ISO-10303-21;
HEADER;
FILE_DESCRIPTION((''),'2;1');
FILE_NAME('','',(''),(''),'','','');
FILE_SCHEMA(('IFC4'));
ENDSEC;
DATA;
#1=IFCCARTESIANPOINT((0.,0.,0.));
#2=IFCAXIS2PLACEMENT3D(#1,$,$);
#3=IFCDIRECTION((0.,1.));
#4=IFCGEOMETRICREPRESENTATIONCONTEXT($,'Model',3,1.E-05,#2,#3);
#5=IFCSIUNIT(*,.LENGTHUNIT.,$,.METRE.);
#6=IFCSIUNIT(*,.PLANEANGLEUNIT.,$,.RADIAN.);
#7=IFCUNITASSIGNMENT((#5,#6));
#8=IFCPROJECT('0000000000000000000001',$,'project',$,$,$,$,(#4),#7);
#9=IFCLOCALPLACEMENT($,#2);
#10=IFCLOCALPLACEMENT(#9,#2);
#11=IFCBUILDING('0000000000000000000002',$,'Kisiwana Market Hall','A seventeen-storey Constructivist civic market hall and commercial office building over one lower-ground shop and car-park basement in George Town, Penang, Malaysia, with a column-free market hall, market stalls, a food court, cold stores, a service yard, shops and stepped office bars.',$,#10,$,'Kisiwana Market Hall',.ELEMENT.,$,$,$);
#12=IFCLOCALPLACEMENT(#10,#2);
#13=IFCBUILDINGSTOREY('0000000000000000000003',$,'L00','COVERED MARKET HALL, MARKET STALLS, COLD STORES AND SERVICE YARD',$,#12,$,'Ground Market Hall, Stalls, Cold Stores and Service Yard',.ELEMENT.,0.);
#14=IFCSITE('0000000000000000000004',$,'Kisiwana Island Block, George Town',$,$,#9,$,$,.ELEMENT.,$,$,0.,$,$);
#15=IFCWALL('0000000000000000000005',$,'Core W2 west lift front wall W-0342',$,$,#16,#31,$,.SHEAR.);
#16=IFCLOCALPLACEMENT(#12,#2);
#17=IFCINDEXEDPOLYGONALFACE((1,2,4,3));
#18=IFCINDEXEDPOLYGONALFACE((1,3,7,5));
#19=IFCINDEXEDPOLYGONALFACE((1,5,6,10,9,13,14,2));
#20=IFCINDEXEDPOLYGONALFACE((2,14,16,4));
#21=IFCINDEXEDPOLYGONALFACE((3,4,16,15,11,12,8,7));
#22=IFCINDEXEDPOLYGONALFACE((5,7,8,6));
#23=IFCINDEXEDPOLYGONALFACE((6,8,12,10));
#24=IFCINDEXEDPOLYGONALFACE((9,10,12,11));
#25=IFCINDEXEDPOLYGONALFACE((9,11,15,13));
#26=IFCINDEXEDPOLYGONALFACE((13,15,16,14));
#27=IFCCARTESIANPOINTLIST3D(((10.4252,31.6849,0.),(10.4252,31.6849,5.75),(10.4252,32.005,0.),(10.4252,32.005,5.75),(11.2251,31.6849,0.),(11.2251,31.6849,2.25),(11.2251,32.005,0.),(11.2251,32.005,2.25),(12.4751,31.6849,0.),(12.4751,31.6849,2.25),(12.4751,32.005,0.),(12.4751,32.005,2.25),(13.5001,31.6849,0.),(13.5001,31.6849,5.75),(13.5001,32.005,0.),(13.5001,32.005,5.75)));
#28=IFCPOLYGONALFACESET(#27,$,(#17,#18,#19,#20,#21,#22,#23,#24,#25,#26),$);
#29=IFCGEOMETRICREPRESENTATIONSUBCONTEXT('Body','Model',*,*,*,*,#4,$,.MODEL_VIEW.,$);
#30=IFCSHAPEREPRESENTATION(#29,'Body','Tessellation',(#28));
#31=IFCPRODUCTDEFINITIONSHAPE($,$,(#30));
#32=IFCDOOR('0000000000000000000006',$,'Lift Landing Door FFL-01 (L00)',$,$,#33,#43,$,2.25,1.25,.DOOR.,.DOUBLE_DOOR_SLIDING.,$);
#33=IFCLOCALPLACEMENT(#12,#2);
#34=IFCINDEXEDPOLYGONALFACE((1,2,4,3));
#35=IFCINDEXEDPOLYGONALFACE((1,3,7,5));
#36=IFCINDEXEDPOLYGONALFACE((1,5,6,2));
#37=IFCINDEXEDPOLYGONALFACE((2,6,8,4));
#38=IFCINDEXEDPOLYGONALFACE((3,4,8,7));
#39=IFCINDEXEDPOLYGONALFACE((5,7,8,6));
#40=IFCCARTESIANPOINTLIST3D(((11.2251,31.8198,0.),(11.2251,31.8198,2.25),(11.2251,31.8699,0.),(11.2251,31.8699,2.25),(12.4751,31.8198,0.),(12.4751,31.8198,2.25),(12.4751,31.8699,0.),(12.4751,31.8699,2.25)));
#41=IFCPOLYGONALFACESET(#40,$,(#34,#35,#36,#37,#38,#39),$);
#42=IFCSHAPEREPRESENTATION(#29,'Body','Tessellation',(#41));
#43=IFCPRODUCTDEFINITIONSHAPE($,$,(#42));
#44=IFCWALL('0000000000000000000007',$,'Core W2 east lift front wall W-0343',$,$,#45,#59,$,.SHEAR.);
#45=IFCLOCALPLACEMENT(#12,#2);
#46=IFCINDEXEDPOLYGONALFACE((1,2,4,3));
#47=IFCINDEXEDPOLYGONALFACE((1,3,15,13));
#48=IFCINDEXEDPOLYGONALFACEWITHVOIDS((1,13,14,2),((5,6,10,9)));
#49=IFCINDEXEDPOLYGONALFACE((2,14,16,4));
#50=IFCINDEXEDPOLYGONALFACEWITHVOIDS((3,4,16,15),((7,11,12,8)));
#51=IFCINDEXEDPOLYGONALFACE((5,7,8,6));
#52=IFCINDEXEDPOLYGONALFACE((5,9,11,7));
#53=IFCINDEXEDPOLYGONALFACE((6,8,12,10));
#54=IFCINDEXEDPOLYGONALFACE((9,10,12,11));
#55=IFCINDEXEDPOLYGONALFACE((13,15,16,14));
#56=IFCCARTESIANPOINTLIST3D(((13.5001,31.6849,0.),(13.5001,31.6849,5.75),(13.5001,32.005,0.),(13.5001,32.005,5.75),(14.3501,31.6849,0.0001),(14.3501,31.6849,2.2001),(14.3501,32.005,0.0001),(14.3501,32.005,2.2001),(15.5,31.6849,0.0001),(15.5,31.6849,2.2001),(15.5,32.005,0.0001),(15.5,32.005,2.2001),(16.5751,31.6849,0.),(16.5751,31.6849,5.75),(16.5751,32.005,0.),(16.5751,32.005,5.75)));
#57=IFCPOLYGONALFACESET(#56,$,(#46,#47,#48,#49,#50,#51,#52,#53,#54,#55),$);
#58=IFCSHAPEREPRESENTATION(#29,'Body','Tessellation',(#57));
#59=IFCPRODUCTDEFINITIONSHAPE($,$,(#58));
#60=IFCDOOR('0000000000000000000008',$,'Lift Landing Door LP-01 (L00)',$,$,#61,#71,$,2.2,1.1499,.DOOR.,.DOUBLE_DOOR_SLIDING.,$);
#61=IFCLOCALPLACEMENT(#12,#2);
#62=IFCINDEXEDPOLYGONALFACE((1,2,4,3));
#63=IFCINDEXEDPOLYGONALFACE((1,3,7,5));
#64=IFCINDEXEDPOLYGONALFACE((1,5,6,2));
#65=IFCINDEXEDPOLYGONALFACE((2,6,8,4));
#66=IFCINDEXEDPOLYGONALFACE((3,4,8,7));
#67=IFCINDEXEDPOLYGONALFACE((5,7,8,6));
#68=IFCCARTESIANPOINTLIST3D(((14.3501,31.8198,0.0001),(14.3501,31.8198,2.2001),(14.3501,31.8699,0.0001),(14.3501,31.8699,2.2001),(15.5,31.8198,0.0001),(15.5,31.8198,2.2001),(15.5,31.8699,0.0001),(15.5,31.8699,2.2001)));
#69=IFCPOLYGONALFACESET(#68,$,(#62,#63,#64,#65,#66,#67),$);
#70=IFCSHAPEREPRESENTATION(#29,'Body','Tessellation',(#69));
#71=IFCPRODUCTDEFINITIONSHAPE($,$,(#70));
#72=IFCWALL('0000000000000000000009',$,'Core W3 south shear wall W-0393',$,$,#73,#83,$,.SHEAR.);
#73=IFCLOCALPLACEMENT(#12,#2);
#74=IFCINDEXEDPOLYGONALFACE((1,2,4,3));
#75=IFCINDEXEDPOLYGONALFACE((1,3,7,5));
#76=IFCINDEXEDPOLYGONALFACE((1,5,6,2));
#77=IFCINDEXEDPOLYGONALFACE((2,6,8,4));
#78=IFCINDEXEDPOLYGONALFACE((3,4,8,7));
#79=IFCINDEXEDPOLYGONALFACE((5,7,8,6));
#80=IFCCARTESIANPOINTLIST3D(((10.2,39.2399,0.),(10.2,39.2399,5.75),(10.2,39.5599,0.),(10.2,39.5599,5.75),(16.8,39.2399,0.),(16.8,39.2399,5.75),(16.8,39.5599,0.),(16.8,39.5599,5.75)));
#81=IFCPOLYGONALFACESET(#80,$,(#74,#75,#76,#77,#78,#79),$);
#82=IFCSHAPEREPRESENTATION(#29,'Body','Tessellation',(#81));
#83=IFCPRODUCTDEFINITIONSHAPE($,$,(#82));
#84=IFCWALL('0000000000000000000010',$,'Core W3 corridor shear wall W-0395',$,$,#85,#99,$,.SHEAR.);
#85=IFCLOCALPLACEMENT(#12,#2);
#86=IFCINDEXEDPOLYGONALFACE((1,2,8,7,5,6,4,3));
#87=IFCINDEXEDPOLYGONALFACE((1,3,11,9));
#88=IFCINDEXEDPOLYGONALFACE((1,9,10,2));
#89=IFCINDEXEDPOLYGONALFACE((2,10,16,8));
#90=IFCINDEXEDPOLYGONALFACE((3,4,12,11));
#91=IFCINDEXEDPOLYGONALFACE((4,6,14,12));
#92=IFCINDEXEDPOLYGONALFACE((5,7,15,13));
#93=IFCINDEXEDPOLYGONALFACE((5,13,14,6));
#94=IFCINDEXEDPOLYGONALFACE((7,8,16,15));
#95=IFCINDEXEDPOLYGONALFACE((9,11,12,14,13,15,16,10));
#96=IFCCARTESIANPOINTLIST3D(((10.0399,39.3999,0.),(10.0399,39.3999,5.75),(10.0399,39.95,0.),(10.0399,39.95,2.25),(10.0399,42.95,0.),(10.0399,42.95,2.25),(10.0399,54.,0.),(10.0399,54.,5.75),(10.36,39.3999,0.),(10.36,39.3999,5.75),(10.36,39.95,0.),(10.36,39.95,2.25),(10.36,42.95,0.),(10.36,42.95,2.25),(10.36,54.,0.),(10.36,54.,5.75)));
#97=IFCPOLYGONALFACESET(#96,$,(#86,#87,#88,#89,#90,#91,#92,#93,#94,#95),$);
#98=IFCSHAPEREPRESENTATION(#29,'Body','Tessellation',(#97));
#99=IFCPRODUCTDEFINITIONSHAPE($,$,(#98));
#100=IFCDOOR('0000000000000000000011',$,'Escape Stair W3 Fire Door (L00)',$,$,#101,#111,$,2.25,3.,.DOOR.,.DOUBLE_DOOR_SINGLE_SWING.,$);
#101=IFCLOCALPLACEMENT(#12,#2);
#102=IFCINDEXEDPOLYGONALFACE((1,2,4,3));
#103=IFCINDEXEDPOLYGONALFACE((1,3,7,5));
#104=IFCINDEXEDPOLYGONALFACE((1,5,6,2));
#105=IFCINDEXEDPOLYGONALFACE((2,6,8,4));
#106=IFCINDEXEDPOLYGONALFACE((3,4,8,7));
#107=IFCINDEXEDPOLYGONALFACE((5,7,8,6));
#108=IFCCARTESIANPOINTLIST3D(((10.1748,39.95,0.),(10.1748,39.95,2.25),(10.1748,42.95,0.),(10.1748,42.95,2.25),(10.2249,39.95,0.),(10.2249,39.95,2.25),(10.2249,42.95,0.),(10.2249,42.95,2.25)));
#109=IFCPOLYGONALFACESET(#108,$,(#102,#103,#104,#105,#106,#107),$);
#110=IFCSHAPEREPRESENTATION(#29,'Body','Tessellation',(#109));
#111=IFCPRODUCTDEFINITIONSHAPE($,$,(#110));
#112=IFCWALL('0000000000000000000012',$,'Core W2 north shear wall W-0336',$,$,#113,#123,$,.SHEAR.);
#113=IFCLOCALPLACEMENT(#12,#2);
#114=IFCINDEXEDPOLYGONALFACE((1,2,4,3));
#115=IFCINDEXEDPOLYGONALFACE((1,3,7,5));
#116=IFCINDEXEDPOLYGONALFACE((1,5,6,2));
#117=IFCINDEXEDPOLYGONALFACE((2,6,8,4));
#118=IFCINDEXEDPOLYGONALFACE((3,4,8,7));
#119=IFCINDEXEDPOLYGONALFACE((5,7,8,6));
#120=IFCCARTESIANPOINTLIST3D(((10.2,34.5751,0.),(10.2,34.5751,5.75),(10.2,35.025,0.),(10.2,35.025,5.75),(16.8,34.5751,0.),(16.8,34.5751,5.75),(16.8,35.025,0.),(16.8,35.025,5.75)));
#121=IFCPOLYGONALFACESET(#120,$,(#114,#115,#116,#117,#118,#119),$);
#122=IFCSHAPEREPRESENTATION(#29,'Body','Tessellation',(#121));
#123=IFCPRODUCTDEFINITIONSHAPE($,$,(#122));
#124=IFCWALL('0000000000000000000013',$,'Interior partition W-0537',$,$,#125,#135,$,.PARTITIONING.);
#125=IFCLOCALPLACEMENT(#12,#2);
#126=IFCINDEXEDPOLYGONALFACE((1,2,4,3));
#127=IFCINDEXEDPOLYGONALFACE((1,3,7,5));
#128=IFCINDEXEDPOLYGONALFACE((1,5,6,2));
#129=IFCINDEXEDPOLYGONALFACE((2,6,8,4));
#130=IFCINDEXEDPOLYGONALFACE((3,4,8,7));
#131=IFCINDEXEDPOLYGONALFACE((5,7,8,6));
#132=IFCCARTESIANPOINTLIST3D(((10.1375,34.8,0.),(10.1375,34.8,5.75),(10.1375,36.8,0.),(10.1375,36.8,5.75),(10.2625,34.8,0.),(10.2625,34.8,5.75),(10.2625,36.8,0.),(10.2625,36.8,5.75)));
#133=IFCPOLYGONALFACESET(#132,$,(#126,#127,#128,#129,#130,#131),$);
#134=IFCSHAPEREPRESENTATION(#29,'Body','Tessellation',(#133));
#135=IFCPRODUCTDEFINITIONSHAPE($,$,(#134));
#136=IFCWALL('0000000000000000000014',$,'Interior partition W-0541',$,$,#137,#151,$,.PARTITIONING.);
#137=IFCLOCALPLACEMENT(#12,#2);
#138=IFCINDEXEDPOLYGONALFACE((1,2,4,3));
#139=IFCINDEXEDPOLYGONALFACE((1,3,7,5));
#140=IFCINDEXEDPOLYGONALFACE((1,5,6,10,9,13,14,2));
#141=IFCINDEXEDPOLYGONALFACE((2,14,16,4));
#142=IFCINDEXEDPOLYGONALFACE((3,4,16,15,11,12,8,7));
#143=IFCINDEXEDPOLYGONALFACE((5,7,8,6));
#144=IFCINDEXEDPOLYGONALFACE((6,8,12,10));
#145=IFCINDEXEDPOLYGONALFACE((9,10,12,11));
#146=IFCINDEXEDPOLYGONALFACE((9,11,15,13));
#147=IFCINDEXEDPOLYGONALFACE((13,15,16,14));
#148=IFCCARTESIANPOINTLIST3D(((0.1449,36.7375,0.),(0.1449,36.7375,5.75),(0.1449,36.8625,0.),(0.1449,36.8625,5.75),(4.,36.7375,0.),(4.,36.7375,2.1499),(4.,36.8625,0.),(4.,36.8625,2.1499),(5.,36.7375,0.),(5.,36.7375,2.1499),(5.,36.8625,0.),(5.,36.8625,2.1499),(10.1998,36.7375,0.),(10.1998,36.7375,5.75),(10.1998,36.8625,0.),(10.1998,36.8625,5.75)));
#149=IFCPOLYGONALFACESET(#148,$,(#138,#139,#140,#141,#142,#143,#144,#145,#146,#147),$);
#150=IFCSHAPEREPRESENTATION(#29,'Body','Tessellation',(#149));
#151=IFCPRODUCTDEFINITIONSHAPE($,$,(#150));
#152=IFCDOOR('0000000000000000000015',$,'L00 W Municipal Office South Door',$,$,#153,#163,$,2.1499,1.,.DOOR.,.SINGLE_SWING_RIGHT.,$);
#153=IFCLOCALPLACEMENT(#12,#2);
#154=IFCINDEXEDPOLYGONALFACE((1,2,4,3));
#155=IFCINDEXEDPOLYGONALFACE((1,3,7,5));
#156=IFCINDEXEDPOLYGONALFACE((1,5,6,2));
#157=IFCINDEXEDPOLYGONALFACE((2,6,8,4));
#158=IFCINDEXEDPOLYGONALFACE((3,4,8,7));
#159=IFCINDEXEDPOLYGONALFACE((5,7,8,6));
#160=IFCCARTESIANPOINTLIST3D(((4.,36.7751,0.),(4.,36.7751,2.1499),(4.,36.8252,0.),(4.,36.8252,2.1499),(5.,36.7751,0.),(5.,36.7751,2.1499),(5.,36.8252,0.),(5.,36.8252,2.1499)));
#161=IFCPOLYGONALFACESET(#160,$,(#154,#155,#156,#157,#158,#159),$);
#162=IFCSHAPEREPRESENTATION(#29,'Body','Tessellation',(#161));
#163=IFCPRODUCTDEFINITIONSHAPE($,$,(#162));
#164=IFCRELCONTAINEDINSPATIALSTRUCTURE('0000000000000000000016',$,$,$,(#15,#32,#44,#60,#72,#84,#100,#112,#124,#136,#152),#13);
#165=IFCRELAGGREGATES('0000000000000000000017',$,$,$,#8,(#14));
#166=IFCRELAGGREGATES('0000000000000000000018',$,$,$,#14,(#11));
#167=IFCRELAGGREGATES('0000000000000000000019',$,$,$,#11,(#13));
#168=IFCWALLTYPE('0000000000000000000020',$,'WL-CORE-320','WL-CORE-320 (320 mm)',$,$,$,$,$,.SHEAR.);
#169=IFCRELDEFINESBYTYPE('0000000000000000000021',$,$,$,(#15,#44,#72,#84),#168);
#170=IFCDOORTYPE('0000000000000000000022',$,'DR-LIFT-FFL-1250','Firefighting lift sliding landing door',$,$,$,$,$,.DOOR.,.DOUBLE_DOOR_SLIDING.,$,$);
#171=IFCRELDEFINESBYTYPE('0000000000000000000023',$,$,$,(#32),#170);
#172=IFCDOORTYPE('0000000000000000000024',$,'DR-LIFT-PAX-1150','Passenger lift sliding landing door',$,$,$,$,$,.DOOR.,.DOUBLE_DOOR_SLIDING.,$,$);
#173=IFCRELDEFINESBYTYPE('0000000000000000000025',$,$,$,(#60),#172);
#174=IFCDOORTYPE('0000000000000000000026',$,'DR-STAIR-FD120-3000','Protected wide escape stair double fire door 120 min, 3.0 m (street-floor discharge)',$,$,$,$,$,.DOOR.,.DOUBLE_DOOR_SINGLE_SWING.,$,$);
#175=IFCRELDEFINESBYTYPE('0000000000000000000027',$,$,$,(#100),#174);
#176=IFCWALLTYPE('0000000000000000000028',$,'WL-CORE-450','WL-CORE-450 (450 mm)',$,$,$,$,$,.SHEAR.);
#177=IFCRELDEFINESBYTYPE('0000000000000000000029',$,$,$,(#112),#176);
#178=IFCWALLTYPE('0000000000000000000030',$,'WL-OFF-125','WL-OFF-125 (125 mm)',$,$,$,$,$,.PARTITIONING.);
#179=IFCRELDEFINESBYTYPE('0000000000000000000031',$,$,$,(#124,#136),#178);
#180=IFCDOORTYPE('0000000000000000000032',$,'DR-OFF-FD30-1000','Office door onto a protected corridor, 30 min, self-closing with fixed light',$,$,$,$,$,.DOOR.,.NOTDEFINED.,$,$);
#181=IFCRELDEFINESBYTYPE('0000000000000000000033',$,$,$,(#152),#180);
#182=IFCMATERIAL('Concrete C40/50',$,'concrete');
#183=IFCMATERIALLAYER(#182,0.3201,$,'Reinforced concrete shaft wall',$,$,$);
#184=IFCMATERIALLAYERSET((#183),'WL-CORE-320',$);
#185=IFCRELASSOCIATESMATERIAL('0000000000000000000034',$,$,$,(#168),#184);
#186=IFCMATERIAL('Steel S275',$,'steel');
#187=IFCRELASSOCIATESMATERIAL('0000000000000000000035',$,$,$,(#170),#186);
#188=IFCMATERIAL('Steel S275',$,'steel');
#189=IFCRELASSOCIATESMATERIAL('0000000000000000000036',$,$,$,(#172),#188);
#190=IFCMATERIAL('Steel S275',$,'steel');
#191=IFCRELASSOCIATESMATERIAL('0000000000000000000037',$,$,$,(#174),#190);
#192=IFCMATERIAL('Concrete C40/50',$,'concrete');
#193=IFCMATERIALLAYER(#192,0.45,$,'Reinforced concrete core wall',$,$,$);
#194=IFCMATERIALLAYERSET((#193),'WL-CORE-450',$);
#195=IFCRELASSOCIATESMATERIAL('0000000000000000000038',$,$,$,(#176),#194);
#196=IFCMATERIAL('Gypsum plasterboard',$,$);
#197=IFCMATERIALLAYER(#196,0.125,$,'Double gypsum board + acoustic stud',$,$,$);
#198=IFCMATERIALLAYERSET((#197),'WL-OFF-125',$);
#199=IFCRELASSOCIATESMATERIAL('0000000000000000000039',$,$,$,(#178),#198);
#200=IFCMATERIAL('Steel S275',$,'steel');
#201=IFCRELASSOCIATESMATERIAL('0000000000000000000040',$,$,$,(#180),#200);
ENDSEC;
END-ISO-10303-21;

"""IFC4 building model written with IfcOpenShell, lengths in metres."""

from ifc_helpers import new_model, si_unit, direction, frame, frame_2d, origin, place, context, subcontext, project, spatial, rectangle, extrude, material, layer, layer_set, type_object, element, fill, save


model = new_model("IFC4")

# Units and contexts
model_context = context("Model", 3, precision=1e-05, world=origin(), true_north=direction((0.0, 1.0)))
body_context = subcontext(model_context, "Body", "Model", "MODEL_VIEW")
ifc_project = project(units=[si_unit("LENGTHUNIT", "METRE"), si_unit("PLANEANGLEUNIT", "RADIAN")], contexts=[model_context])

# Site, building, storey
site_placement = place(None, origin())
site = spatial("IfcSite", under=ifc_project, at=site_placement, Name="Kisiwana Island Block, George Town", CompositionType="ELEMENT", RefElevation=0.0)
building_placement = place(site_placement, origin())
building = spatial("IfcBuilding", under=site, at=building_placement, Name="Kisiwana Market Hall", Description="A seventeen-storey Constructivist civic market hall and commercial office building over one lower-ground shop and car-park basement in George Town, Penang, Malaysia, with a column-free market hall, market stalls, a food court, cold stores, a service yard, shops and stepped office bars.", LongName="Kisiwana Market Hall", CompositionType="ELEMENT")
storey_placement = place(building_placement, origin())
storey = spatial("IfcBuildingStorey", under=building, at=storey_placement, Name="L00", Description="COVERED MARKET HALL, MARKET STALLS, COLD STORES AND SERVICE YARD", LongName="Ground Market Hall, Stalls, Cold Stores and Service Yard", CompositionType="ELEMENT", Elevation=0.0)

# Shared definitions
ifc_material_1 = material(Name="Concrete C40/50", Category="concrete")
ifc_layer_1 = layer(ifc_material_1, 0.3201, Name="Reinforced concrete shaft wall")
ifc_layer_set_1 = layer_set([ifc_layer_1], Name="WL-CORE-320")
wall_type_1 = type_object("IfcWallType", Name="WL-CORE-320", Description="WL-CORE-320 (320 mm)", PredefinedType="SHEAR", material=ifc_layer_set_1)

# Walls, openings, doors
wall_1_placement = place(storey_placement, frame((10.425, 31.845, 0.0), z_axis=(0.0, 0.0, 1.0), x_axis=(1.0, 0.0, 0.0)))
wall_1 = element("IfcWall", 1, at=wall_1_placement, inside=storey, type_object=wall_type_1, Name="Core W2 west lift front wall W-0342", PredefinedType="SHEAR", context=body_context, shape_type="SweptSolid", body=[
    extrude(rectangle(XDim=3.075, YDim=0.3201, at=frame_2d((1.5376, 0.0))), origin(), (0.0, 0.0, 1.0), 5.75),
])
opening_1_placement = place(wall_1_placement, frame((0.8, 0.0, 0.0)))
opening_1 = element("IfcOpeningElement", 2, at=opening_1_placement, cuts=wall_1, PredefinedType="OPENING", context=body_context, shape_type="SweptSolid", body=[
    extrude(rectangle(XDim=1.25, YDim=2.25, at=frame_2d((0.625, 1.125))), frame((0.0, 0.1719, 0.0), z_axis=(0.0, -1.0, 0.0), x_axis=(1.0, 0.0, 0.0)), (0.0, 0.0, 1.0), 0.344),
])
ifc_material_2 = material(Name="Steel S275", Category="steel")
door_type_1 = type_object("IfcDoorType", Name="DR-LIFT-FFL-1250", Description="Firefighting lift sliding landing door", OperationType="DOUBLE_DOOR_SLIDING", PredefinedType="DOOR", material=ifc_material_2)
door_1_placement = place(opening_1_placement, origin())
door_1 = element("IfcDoor", 3, at=door_1_placement, inside=storey, type_object=door_type_1, Name="Lift Landing Door FFL-01 (L00)", OperationType="DOUBLE_DOOR_SLIDING", OverallHeight=2.25, OverallWidth=1.25, PredefinedType="DOOR", context=body_context, shape_type="SweptSolid", body=[
    extrude(rectangle(XDim=1.25, YDim=2.25, at=frame_2d((0.625, 1.125))), frame((0.0, 0.0249, 0.0), z_axis=(0.0, -1.0, 0.0), x_axis=(1.0, 0.0, 0.0)), (0.0, 0.0, 1.0), 0.05),
])
fill(opening_1, door_1)
wall_2_placement = place(storey_placement, frame((13.5, 31.845, 0.0), z_axis=(0.0, 0.0, 1.0), x_axis=(1.0, 0.0, 0.0)))
wall_2 = element("IfcWall", 4, at=wall_2_placement, inside=storey, type_object=wall_type_1, Name="Core W2 east lift front wall W-0343", PredefinedType="SHEAR", context=body_context, shape_type="SweptSolid", body=[
    extrude(rectangle(XDim=3.075, YDim=0.3201, at=frame_2d((1.5376, 0.0))), origin(), (0.0, 0.0, 1.0), 5.75),
])
opening_2_placement = place(wall_2_placement, frame((0.8501, 0.0, 0.0)))
opening_2 = element("IfcOpeningElement", 5, at=opening_2_placement, cuts=wall_2, PredefinedType="OPENING", context=body_context, shape_type="SweptSolid", body=[
    extrude(rectangle(XDim=1.1499, YDim=2.2, at=frame_2d((0.575, 1.1001))), frame((0.0, 0.1719, 0.0), z_axis=(0.0, -1.0, 0.0), x_axis=(1.0, 0.0, 0.0)), (0.0, 0.0, 1.0), 0.344),
])
ifc_material_3 = material(Name="Steel S275", Category="steel")
door_type_2 = type_object("IfcDoorType", Name="DR-LIFT-PAX-1150", Description="Passenger lift sliding landing door", OperationType="DOUBLE_DOOR_SLIDING", PredefinedType="DOOR", material=ifc_material_3)
door_2_placement = place(opening_2_placement, origin())
door_2 = element("IfcDoor", 6, at=door_2_placement, inside=storey, type_object=door_type_2, Name="Lift Landing Door LP-01 (L00)", OperationType="DOUBLE_DOOR_SLIDING", OverallHeight=2.2, OverallWidth=1.1499, PredefinedType="DOOR", context=body_context, shape_type="SweptSolid", body=[
    extrude(rectangle(XDim=1.1499, YDim=2.2, at=frame_2d((0.575, 1.1001))), frame((0.0, 0.0249, 0.0), z_axis=(0.0, -1.0, 0.0), x_axis=(1.0, 0.0, 0.0)), (0.0, 0.0, 1.0), 0.05),
])
fill(opening_2, door_2)

# Wall
wall_3_placement = place(storey_placement, frame((10.2, 39.3999, 0.0), z_axis=(0.0, 0.0, 1.0), x_axis=(1.0, 0.0, 0.0)))
element("IfcWall", 7, at=wall_3_placement, inside=storey, type_object=wall_type_1, Name="Core W3 south shear wall W-0393", PredefinedType="SHEAR", context=body_context, shape_type="SweptSolid", body=[
    extrude(rectangle(XDim=6.6001, YDim=0.3201, at=frame_2d((3.3, 0.0))), origin(), (0.0, 0.0, 1.0), 5.75),
])

# Wall, opening, door
wall_4_placement = place(storey_placement, frame((10.2, 39.3999, 0.0), z_axis=(0.0, 0.0, 1.0), x_axis=(0.0, 1.0, 0.0)))
wall_4 = element("IfcWall", 8, at=wall_4_placement, inside=storey, type_object=wall_type_1, Name="Core W3 corridor shear wall W-0395", PredefinedType="SHEAR", context=body_context, shape_type="SweptSolid", body=[
    extrude(rectangle(XDim=14.6001, YDim=0.3201, at=frame_2d((7.3, 0.0))), origin(), (0.0, 0.0, 1.0), 5.75),
])
opening_3_placement = place(wall_4_placement, frame((0.55, 0.0, 0.0)))
opening_3 = element("IfcOpeningElement", 9, at=opening_3_placement, cuts=wall_4, PredefinedType="OPENING", context=body_context, shape_type="SweptSolid", body=[
    extrude(rectangle(XDim=3.0, YDim=2.25, at=frame_2d((1.5, 1.125))), frame((0.0, 0.1719, 0.0), z_axis=(0.0, -1.0, 0.0), x_axis=(1.0, 0.0, 0.0)), (0.0, 0.0, 1.0), 0.344),
])
ifc_material_4 = material(Name="Steel S275", Category="steel")
door_type_3 = type_object("IfcDoorType", Name="DR-STAIR-FD120-3000", Description="Protected wide escape stair double fire door 120 min, 3.0 m (street-floor discharge)", OperationType="DOUBLE_DOOR_SINGLE_SWING", PredefinedType="DOOR", material=ifc_material_4)
door_3_placement = place(opening_3_placement, frame((3.0, 0.0, 0.0), z_axis=(0.0, 0.0, 1.0), x_axis=(-1.0, 0.0, 0.0)))
door_3 = element("IfcDoor", 10, at=door_3_placement, inside=storey, type_object=door_type_3, Name="Escape Stair W3 Fire Door (L00)", OperationType="DOUBLE_DOOR_SINGLE_SWING", OverallHeight=2.25, OverallWidth=3.0, PredefinedType="DOOR", context=body_context, shape_type="SweptSolid", body=[
    extrude(rectangle(XDim=3.0, YDim=2.25, at=frame_2d((1.5, 1.125))), frame((0.0, 0.0249, 0.0), z_axis=(0.0, -1.0, 0.0), x_axis=(1.0, 0.0, 0.0)), (0.0, 0.0, 1.0), 0.05),
])
fill(opening_3, door_3)

# Wall
ifc_material_5 = material(Name="Concrete C40/50", Category="concrete")
ifc_layer_2 = layer(ifc_material_5, 0.45, Name="Reinforced concrete core wall")
ifc_layer_set_2 = layer_set([ifc_layer_2], Name="WL-CORE-450")
wall_type_2 = type_object("IfcWallType", Name="WL-CORE-450", Description="WL-CORE-450 (450 mm)", PredefinedType="SHEAR", material=ifc_layer_set_2)
wall_5_placement = place(storey_placement, frame((10.2, 34.8, 0.0), z_axis=(0.0, 0.0, 1.0), x_axis=(1.0, 0.0, 0.0)))
element("IfcWall", 11, at=wall_5_placement, inside=storey, type_object=wall_type_2, Name="Core W2 north shear wall W-0336", PredefinedType="SHEAR", context=body_context, shape_type="SweptSolid", body=[
    extrude(rectangle(XDim=6.6001, YDim=0.45, at=frame_2d((3.3, 0.0))), origin(), (0.0, 0.0, 1.0), 5.75),
])

# Wall
ifc_material_6 = material(Name="Gypsum plasterboard")
ifc_layer_3 = layer(ifc_material_6, 0.125, Name="Double gypsum board + acoustic stud")
ifc_layer_set_3 = layer_set([ifc_layer_3], Name="WL-OFF-125")
wall_type_3 = type_object("IfcWallType", Name="WL-OFF-125", Description="WL-OFF-125 (125 mm)", PredefinedType="PARTITIONING", material=ifc_layer_set_3)
wall_6_placement = place(storey_placement, frame((10.2, 34.8, 0.0), z_axis=(0.0, 0.0, 1.0), x_axis=(0.0, 1.0, 0.0)))
element("IfcWall", 12, at=wall_6_placement, inside=storey, type_object=wall_type_3, Name="Interior partition W-0537", PredefinedType="PARTITIONING", context=body_context, shape_type="SweptSolid", body=[
    extrude(rectangle(XDim=2.0, YDim=0.125, at=frame_2d((1.0, 0.0))), origin(), (0.0, 0.0, 1.0), 5.75),
])

# Wall, opening, door
wall_7_placement = place(storey_placement, frame((0.145, 36.8, 0.0), z_axis=(0.0, 0.0, 1.0), x_axis=(1.0, 0.0, 0.0)))
wall_7 = element("IfcWall", 13, at=wall_7_placement, inside=storey, type_object=wall_type_3, Name="Interior partition W-0541", PredefinedType="PARTITIONING", context=body_context, shape_type="SweptSolid", body=[
    extrude(rectangle(XDim=10.0549, YDim=0.125, at=frame_2d((5.0273, 0.0))), origin(), (0.0, 0.0, 1.0), 5.75),
])
opening_4_placement = place(wall_7_placement, frame((3.855, 0.0, 0.0)))
opening_4 = element("IfcOpeningElement", 14, at=opening_4_placement, cuts=wall_7, PredefinedType="OPENING", context=body_context, shape_type="SweptSolid", body=[
    extrude(rectangle(XDim=1.0, YDim=2.1499, at=frame_2d((0.5, 1.075))), frame((0.0, 0.0745, 0.0), z_axis=(0.0, -1.0, 0.0), x_axis=(1.0, 0.0, 0.0)), (0.0, 0.0, 1.0), 0.1489),
])
ifc_material_7 = material(Name="Steel S275", Category="steel")
door_type_4 = type_object("IfcDoorType", Name="DR-OFF-FD30-1000", Description="Office door onto a protected corridor, 30 min, self-closing with fixed light", OperationType="NOTDEFINED", PredefinedType="DOOR", material=ifc_material_7)
door_4_placement = place(opening_4_placement, frame((1.0, 0.0, 0.0), z_axis=(0.0, 0.0, 1.0), x_axis=(-1.0, 0.0, 0.0)))
door_4 = element("IfcDoor", 15, at=door_4_placement, inside=storey, type_object=door_type_4, Name="L00 W Municipal Office South Door", OperationType="SINGLE_SWING_RIGHT", OverallHeight=2.1499, OverallWidth=1.0, PredefinedType="DOOR", context=body_context, shape_type="SweptSolid", body=[
    extrude(rectangle(XDim=1.0, YDim=2.1499, at=frame_2d((0.5, 1.075))), frame((0.0, 0.0249, 0.0), z_axis=(0.0, -1.0, 0.0), x_axis=(1.0, 0.0, 0.0)), (0.0, 0.0, 1.0), 0.05),
])
fill(opening_4, door_4)

save(model, "model.ifc")
